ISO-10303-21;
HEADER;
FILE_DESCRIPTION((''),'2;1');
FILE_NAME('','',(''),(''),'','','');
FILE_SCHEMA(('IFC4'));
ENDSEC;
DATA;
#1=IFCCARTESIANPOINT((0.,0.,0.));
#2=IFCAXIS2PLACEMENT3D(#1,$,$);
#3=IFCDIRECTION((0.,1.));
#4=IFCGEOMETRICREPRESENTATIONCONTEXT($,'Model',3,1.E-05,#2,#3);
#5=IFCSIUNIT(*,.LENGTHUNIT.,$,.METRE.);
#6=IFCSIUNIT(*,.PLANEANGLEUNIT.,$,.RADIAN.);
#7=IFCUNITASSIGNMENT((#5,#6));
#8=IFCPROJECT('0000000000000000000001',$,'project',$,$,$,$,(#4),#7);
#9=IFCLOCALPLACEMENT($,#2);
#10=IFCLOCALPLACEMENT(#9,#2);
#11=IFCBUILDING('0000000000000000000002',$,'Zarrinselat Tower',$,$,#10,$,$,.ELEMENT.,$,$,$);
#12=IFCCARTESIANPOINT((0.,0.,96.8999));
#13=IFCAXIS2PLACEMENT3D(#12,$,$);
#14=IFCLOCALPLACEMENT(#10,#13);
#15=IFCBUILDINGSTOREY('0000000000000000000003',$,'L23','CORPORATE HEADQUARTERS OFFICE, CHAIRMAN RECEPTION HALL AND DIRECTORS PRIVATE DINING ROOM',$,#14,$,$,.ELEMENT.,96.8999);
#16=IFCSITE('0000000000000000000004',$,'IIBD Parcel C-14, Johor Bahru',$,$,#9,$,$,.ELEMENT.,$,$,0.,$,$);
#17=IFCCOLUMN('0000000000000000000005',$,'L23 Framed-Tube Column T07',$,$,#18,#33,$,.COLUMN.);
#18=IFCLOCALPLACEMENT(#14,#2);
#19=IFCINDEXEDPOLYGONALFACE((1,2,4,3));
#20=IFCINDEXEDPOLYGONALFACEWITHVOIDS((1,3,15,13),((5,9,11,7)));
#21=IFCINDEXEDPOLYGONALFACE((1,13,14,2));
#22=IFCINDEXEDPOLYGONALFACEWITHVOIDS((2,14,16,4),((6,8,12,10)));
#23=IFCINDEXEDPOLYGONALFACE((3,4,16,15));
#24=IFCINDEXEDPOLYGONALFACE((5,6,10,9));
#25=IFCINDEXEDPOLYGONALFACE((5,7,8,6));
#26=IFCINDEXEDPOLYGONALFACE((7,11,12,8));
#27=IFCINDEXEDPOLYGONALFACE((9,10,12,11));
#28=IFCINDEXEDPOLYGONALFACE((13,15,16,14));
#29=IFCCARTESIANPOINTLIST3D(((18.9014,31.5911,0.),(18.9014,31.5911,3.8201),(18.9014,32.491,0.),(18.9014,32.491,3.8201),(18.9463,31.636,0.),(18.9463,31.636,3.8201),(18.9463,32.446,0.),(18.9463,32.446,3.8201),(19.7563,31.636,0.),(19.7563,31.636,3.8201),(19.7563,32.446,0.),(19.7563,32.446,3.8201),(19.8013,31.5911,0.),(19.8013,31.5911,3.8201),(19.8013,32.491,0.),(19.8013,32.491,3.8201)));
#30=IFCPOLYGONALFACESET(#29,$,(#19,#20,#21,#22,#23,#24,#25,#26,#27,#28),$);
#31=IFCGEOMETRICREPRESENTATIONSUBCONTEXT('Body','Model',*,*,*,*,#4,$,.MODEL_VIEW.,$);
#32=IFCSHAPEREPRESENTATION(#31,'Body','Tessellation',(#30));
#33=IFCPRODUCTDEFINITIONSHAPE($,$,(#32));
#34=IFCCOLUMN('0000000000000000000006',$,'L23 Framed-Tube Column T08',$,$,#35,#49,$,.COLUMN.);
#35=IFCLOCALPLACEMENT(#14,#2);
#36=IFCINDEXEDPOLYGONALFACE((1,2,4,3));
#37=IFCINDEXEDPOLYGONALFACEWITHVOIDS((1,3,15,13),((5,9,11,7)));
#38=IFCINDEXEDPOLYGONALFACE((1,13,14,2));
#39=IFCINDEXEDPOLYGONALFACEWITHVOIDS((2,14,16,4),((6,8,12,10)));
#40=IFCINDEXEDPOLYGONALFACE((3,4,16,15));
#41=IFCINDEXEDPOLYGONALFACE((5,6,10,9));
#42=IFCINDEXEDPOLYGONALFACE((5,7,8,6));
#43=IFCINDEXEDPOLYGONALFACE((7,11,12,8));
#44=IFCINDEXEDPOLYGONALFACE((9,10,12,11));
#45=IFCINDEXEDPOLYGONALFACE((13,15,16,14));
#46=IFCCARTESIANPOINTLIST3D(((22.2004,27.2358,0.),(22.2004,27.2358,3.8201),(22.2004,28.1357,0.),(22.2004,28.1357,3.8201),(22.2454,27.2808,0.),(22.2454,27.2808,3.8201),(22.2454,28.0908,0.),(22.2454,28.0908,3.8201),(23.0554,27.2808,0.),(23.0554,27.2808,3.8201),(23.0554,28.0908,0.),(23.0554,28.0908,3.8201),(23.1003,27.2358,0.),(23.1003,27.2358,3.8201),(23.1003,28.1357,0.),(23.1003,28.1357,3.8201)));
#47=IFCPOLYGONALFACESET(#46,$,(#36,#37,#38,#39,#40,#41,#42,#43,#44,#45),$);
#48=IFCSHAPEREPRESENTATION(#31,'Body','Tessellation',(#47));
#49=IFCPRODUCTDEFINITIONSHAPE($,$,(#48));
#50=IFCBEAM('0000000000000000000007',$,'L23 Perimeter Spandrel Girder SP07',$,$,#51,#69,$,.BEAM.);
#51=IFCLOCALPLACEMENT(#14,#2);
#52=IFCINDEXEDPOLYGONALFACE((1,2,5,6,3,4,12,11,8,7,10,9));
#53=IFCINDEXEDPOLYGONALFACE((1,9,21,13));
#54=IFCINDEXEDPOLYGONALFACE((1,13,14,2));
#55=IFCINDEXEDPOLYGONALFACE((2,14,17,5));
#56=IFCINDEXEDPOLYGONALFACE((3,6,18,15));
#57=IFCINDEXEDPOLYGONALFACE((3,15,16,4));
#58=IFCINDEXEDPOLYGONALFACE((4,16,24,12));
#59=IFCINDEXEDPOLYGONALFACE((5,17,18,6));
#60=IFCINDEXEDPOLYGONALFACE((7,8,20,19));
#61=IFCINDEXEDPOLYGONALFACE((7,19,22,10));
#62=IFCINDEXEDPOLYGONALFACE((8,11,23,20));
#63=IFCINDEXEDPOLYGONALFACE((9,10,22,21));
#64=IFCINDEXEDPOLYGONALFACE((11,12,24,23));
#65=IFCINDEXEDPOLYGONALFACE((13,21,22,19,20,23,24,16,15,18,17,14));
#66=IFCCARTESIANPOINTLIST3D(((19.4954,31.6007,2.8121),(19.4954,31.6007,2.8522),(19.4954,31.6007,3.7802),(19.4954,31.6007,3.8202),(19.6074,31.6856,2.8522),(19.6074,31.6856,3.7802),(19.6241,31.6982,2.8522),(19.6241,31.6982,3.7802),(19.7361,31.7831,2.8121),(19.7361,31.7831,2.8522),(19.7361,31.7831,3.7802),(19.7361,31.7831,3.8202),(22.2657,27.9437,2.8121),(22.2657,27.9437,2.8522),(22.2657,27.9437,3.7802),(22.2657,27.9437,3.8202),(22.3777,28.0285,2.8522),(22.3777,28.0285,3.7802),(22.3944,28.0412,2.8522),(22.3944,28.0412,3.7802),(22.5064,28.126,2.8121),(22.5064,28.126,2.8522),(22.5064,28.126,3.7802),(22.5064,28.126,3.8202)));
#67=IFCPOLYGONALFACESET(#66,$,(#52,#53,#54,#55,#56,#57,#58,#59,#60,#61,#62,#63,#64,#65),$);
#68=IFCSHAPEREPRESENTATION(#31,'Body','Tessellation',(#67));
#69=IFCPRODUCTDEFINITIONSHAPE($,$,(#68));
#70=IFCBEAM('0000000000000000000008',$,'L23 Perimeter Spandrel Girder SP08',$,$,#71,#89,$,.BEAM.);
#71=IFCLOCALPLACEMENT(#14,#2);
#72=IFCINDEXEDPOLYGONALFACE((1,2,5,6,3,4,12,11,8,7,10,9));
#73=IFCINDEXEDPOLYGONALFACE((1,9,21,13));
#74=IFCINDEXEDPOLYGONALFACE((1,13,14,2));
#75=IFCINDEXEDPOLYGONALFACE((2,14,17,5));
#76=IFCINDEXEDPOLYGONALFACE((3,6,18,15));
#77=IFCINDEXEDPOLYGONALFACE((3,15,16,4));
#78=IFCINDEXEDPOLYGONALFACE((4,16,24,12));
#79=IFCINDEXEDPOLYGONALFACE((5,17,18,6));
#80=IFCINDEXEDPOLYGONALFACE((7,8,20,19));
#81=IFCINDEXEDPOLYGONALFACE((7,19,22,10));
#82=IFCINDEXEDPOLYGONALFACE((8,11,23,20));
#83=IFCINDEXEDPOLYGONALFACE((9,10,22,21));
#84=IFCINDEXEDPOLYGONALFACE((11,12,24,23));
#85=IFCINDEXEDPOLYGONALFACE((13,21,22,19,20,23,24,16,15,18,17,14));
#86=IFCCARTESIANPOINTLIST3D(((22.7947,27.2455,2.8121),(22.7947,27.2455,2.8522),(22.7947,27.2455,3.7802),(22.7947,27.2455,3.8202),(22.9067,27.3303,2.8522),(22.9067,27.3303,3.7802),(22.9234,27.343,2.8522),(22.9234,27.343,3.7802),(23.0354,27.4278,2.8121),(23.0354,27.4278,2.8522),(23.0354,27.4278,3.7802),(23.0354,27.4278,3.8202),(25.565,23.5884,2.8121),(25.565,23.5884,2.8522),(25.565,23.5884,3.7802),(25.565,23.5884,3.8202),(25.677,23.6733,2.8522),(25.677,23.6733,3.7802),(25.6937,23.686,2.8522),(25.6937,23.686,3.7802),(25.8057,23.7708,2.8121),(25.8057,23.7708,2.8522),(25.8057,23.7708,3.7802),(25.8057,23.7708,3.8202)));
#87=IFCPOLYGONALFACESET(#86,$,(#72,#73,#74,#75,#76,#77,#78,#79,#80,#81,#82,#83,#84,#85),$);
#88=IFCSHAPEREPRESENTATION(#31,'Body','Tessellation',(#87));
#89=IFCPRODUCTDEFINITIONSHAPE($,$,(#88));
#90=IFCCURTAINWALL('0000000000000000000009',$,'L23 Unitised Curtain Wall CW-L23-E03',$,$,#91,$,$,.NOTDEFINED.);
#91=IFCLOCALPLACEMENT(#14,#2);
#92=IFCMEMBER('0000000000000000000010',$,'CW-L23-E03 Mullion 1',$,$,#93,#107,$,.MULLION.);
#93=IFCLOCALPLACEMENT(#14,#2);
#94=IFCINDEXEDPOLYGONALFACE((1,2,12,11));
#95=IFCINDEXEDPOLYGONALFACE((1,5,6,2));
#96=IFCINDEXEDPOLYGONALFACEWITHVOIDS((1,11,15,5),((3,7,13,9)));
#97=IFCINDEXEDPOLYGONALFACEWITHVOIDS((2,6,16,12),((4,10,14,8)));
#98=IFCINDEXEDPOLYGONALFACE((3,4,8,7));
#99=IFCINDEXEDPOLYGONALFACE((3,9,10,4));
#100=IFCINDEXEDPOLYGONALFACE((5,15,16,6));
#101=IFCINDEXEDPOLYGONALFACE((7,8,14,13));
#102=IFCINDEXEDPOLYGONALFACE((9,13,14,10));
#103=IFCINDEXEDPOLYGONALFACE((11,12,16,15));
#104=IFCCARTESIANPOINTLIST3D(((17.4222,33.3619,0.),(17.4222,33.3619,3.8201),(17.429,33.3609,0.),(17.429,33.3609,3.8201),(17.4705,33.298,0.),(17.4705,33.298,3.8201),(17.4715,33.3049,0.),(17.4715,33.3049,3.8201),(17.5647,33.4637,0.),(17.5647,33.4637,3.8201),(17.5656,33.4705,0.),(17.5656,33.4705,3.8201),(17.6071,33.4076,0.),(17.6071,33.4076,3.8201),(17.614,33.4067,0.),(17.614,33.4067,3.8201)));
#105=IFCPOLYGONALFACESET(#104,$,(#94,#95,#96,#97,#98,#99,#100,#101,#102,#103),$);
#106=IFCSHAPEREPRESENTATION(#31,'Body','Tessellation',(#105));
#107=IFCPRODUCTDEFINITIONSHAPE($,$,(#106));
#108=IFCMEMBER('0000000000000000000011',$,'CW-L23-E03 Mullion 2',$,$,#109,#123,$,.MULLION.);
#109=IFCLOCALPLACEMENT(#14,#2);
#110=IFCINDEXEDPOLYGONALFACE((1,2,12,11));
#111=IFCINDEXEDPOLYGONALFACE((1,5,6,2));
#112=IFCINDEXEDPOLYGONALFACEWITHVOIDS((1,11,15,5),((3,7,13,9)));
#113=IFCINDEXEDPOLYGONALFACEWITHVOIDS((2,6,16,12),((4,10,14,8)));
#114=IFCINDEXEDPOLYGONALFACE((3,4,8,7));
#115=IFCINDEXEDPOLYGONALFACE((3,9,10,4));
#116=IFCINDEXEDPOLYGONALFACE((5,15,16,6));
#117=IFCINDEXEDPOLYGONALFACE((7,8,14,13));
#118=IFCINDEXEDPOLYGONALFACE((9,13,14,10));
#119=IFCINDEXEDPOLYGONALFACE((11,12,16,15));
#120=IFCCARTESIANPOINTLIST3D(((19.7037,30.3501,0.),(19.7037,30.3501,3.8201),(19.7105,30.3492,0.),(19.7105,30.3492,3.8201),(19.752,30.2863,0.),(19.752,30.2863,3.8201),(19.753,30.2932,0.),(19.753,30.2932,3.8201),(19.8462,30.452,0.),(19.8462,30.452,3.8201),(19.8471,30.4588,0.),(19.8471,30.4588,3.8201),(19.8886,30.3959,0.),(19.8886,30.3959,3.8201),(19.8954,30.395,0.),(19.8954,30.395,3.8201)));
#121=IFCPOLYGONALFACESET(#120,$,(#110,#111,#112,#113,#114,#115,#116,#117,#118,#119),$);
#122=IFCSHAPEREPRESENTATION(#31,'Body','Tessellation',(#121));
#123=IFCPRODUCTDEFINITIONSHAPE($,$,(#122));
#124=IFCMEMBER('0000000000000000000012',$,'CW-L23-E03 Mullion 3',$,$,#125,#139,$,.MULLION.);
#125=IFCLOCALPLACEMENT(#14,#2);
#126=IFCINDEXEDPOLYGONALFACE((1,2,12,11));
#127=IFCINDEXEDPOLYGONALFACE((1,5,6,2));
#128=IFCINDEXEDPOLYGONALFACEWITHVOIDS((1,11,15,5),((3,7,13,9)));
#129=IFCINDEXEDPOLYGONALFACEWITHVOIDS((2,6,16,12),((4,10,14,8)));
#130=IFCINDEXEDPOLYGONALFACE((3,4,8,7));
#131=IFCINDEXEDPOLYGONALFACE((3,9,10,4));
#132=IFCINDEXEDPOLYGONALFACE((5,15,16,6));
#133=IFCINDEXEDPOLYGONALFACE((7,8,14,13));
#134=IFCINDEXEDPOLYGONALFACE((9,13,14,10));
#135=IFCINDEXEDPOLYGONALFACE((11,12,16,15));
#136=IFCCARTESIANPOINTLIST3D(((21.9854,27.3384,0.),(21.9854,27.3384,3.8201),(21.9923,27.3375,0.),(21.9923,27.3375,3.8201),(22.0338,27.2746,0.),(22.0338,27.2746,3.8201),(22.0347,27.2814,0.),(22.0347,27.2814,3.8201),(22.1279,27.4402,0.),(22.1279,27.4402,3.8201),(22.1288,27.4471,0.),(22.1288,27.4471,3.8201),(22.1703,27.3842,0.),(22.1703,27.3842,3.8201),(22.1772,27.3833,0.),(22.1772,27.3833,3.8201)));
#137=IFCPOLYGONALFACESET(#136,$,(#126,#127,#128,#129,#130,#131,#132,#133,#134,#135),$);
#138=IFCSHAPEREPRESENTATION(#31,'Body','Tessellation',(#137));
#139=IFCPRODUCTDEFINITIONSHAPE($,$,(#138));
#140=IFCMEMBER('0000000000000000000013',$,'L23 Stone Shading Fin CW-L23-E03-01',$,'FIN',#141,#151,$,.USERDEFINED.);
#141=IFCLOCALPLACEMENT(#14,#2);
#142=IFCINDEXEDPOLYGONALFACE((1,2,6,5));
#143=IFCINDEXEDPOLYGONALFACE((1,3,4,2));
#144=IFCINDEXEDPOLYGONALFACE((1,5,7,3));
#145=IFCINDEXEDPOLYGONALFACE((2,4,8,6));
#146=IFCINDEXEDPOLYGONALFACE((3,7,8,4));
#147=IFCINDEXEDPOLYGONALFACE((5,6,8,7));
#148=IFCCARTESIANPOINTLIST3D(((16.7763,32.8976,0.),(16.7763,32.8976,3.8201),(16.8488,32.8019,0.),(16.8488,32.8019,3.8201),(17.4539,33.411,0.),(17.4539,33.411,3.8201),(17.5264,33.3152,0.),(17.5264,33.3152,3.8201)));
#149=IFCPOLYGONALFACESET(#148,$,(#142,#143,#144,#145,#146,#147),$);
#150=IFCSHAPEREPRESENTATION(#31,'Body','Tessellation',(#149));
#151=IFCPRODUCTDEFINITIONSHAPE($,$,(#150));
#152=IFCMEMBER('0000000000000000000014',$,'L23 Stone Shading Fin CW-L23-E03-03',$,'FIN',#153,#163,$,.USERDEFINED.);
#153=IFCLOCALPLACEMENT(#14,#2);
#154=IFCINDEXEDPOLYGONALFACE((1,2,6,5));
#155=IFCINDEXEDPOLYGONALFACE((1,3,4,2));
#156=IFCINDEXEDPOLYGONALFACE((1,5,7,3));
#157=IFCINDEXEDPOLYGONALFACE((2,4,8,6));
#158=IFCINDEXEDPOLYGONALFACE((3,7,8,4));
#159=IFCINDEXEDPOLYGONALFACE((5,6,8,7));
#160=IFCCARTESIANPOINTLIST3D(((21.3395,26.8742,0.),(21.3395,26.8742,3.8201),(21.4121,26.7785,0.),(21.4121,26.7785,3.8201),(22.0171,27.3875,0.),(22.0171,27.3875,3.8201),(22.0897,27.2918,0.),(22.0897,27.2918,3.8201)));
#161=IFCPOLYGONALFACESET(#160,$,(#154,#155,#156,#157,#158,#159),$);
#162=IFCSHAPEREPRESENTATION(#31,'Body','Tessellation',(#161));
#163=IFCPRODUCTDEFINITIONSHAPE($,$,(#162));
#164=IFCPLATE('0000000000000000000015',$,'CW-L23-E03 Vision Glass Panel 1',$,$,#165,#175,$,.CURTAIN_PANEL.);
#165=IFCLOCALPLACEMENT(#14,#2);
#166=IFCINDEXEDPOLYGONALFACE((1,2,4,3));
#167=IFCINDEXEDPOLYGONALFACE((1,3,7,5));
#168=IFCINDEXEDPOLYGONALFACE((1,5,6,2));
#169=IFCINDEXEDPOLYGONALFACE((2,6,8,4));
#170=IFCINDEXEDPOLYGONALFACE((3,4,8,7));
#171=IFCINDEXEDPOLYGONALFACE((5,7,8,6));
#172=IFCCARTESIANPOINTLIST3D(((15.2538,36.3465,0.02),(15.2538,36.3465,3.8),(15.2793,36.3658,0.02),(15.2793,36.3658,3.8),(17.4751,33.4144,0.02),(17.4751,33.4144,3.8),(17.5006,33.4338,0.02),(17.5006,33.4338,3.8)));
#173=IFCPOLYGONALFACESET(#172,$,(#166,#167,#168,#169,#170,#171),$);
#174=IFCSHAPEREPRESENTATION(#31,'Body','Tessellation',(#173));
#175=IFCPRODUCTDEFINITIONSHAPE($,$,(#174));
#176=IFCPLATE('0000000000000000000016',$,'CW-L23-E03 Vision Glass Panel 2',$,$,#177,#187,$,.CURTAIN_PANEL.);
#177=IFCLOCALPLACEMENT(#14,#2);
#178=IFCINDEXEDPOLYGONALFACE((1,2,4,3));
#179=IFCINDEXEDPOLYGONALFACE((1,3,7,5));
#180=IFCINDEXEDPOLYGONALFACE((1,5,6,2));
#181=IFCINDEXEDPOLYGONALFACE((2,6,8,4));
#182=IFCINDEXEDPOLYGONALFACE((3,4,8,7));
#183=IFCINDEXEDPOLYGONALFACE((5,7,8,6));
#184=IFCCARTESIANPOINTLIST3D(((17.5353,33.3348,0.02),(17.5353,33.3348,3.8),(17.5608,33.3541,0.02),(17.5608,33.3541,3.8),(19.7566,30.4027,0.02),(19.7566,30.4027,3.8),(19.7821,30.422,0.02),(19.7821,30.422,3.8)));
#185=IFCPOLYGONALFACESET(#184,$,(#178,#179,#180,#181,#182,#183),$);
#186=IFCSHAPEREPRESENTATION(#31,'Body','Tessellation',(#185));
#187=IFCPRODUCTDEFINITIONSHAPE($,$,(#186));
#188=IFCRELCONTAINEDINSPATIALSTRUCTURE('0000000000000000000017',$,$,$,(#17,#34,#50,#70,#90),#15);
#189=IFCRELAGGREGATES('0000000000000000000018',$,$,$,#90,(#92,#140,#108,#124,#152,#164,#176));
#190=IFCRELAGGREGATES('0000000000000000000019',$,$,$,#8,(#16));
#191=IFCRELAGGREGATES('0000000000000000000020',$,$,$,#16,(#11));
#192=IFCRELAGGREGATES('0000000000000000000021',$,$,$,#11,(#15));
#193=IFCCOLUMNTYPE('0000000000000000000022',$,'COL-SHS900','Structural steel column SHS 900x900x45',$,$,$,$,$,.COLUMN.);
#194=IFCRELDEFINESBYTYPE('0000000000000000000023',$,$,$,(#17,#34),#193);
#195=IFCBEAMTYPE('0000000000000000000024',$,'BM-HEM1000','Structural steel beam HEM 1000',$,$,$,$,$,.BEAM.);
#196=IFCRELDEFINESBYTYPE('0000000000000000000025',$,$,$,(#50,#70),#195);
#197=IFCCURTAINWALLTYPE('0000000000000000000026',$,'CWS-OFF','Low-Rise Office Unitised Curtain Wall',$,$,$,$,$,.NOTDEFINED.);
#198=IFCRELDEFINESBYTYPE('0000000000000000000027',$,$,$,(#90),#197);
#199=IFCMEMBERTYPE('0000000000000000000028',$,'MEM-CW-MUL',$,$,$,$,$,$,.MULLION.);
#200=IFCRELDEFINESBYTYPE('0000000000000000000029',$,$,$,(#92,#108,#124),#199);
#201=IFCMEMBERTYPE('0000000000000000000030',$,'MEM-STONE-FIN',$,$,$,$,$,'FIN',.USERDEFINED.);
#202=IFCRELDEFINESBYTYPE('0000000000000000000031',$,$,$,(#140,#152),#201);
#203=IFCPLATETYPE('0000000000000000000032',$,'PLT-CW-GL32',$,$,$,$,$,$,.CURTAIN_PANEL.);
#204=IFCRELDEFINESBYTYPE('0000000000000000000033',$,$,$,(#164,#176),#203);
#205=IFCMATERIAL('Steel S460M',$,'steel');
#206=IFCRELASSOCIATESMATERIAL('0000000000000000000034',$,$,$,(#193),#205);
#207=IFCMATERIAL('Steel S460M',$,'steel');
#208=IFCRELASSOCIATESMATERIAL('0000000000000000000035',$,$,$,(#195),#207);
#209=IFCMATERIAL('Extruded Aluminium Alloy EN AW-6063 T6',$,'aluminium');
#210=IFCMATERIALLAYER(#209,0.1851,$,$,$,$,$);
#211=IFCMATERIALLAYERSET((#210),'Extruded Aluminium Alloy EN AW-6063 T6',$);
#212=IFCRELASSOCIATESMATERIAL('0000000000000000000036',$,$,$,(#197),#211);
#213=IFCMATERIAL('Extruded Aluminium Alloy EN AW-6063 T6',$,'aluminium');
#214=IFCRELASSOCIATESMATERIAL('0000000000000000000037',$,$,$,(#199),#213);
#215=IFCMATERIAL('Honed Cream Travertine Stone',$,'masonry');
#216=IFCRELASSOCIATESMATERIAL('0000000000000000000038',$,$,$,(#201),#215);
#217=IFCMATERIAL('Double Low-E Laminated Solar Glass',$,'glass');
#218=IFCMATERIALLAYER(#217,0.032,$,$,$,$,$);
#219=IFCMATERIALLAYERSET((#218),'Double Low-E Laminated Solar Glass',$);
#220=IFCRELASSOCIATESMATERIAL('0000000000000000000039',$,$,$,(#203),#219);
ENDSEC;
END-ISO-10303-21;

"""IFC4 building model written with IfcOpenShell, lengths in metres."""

from ifc_helpers import new_model, si_unit, direction, frame, origin, origin_2d, place, context, subcontext, project, spatial, rectangle, hollow_rectangle, i_section, extrude, material, layer, layer_set, material_profile, profile_set, type_object, element, aggregate, save


model = new_model("IFC4")

# Units and contexts
model_context = context("Model", 3, precision=1e-05, world=origin(), true_north=direction((0.0, 1.0)))
body_context = subcontext(model_context, "Body", "Model", "MODEL_VIEW")
ifc_project = project(units=[si_unit("LENGTHUNIT", "METRE"), si_unit("PLANEANGLEUNIT", "RADIAN")], contexts=[model_context])

# Site, building, storey
site_placement = place(None, origin())
site = spatial("IfcSite", under=ifc_project, at=site_placement, Name="IIBD Parcel C-14, Johor Bahru", CompositionType="ELEMENT", RefElevation=0.0)
building_placement = place(site_placement, origin())
building = spatial("IfcBuilding", under=site, at=building_placement, Name="Zarrinselat Tower", CompositionType="ELEMENT")
storey_placement = place(building_placement, frame((0.0, 0.0, 96.8999)))
storey = spatial("IfcBuildingStorey", under=building, at=storey_placement, Name="L23", Description="CORPORATE HEADQUARTERS OFFICE, CHAIRMAN RECEPTION HALL AND DIRECTORS PRIVATE DINING ROOM", CompositionType="ELEMENT", Elevation=96.8999)

# Columns
ifc_material_1 = material(Name="Steel S460M", Category="steel")
ifc_material_profile_1 = material_profile(ifc_material_1, hollow_rectangle(XDim=0.8999, YDim=0.8999, WallThickness=0.0449, at=origin_2d()), Name="SHS 900x900x45")
ifc_profile_set_1 = profile_set([ifc_material_profile_1], Name="Steel S460M")
column_type = type_object("IfcColumnType", Name="COL-SHS900", Description="Structural steel column SHS 900x900x45", PredefinedType="COLUMN", material=ifc_profile_set_1)
for number, where, z_axis, x_axis, name in (
    (1, (19.3513, 32.041, 0.0), (0.0, 0.0, 1.0), (1.0, 0.0, 0.0), "L23 Framed-Tube Column T07"),
    (2, (22.6504, 27.6858, 0.0), (0.0, 0.0, 1.0), (1.0, 0.0, 0.0), "L23 Framed-Tube Column T08"),
):
    element("IfcColumn", number, at=place(storey_placement, frame(where, z_axis=z_axis, x_axis=x_axis)), inside=storey, type_object=column_type, Name=name, PredefinedType="COLUMN", context=body_context, shape_type="SweptSolid", body=[
        extrude(hollow_rectangle(XDim=0.8999, YDim=0.8999, WallThickness=0.0449, at=origin_2d()), origin(), (0.0, 0.0, 1.0), 3.8201),
    ])

# Beams
ifc_material_2 = material(Name="Steel S460M", Category="steel")
ifc_material_profile_2 = material_profile(ifc_material_2, i_section(OverallWidth=0.302, OverallDepth=1.0081, WebThickness=0.021, FlangeThickness=0.04, at=origin_2d()), Name="HEM 1000")
ifc_profile_set_2 = profile_set([ifc_material_profile_2], Name="Steel S460M")
beam_type = type_object("IfcBeamType", Name="BM-HEM1000", Description="Structural steel beam HEM 1000", PredefinedType="BEAM", material=ifc_profile_set_2)
for number, where, z_axis, x_axis, name in (
    (3, (19.6157, 31.6919, 3.3162), (0.603833, -0.797111, 0.0), (0.797111, 0.603833, 0.0), "L23 Perimeter Spandrel Girder SP07"),
    (4, (22.915, 27.3367, 3.3162), (0.603833, -0.797111, 0.0), (0.797111, 0.603833, 0.0), "L23 Perimeter Spandrel Girder SP08"),
):
    element("IfcBeam", number, at=place(storey_placement, frame(where, z_axis=z_axis, x_axis=x_axis)), inside=storey, type_object=beam_type, Name=name, PredefinedType="BEAM", context=body_context, shape_type="SweptSolid", body=[
        extrude(i_section(OverallWidth=0.302, OverallDepth=1.0081, WebThickness=0.021, FlangeThickness=0.04, at=origin_2d()), origin(), (0.0, 0.0, 1.0), 4.5879),
    ])

# Curtain wall, members, plates
ifc_material_3 = material(Name="Extruded Aluminium Alloy EN AW-6063 T6", Category="aluminium")
ifc_layer_1 = layer(ifc_material_3, 0.1851)
ifc_layer_set_1 = layer_set([ifc_layer_1], Name="Extruded Aluminium Alloy EN AW-6063 T6")
curtain_wall_type = type_object("IfcCurtainWallType", Name="CWS-OFF", Description="Low-Rise Office Unitised Curtain Wall", PredefinedType="NOTDEFINED", material=ifc_layer_set_1)
curtain_wall_placement = place(storey_placement, origin())
curtain_wall = element("IfcCurtainWall", 5, at=curtain_wall_placement, inside=storey, type_object=curtain_wall_type, Name="L23 Unitised Curtain Wall CW-L23-E03", PredefinedType="NOTDEFINED")
ifc_material_4 = material(Name="Extruded Aluminium Alloy EN AW-6063 T6", Category="aluminium")
ifc_material_profile_3 = material_profile(ifc_material_4, hollow_rectangle(XDim=0.0801, YDim=0.1799, WallThickness=0.0049, at=origin_2d()), Name="RHS 180x80x5")
ifc_profile_set_3 = profile_set([ifc_material_profile_3], Name="Extruded Aluminium Alloy EN AW-6063 T6")
member_type_1 = type_object("IfcMemberType", Name="MEM-CW-MUL", PredefinedType="MULLION", material=ifc_profile_set_3)
member_1_placement = place(storey_placement, frame((17.5181, 33.3843, 0.0), z_axis=(0.0, 0.0, 1.0), x_axis=(0.603858, -0.797092, 0.0)))
member_1 = element("IfcMember", 6, at=member_1_placement, type_object=member_type_1, Name="CW-L23-E03 Mullion 1", PredefinedType="MULLION", context=body_context, shape_type="SweptSolid", body=[
    extrude(hollow_rectangle(XDim=0.0801, YDim=0.1799, WallThickness=0.0049, at=origin_2d()), origin(), (0.0, 0.0, 1.0), 3.8201),
])
member_2_placement = place(storey_placement, frame((19.7996, 30.3726, 0.0), z_axis=(0.0, 0.0, 1.0), x_axis=(0.603858, -0.797092, 0.0)))
member_2 = element("IfcMember", 7, at=member_2_placement, type_object=member_type_1, Name="CW-L23-E03 Mullion 2", PredefinedType="MULLION", context=body_context, shape_type="SweptSolid", body=[
    extrude(hollow_rectangle(XDim=0.0801, YDim=0.1799, WallThickness=0.0049, at=origin_2d()), origin(), (0.0, 0.0, 1.0), 3.8201),
])
member_3_placement = place(storey_placement, frame((22.0813, 27.3608, 0.0), z_axis=(0.0, 0.0, 1.0), x_axis=(0.603858, -0.797092, 0.0)))
member_3 = element("IfcMember", 8, at=member_3_placement, type_object=member_type_1, Name="CW-L23-E03 Mullion 3", PredefinedType="MULLION", context=body_context, shape_type="SweptSolid", body=[
    extrude(hollow_rectangle(XDim=0.0801, YDim=0.1799, WallThickness=0.0049, at=origin_2d()), origin(), (0.0, 0.0, 1.0), 3.8201),
])
ifc_material_5 = material(Name="Honed Cream Travertine Stone", Category="masonry")
ifc_material_profile_4 = material_profile(ifc_material_5, rectangle(XDim=0.1201, YDim=0.8501, at=origin_2d()), Name="FIN 850x120")
ifc_profile_set_4 = profile_set([ifc_material_profile_4], Name="Honed Cream Travertine Stone")
member_type_2 = type_object("IfcMemberType", Name="MEM-STONE-FIN", ElementType="FIN", PredefinedType="USERDEFINED", material=ifc_profile_set_4)
member_4_placement = place(storey_placement, frame((17.1514, 33.1064, 0.0), z_axis=(0.0, 0.0, 1.0), x_axis=(-0.603858, 0.797092, 0.0)))
member_4 = element("IfcMember", 9, at=member_4_placement, type_object=member_type_2, Name="L23 Stone Shading Fin CW-L23-E03-01", ObjectType="FIN", PredefinedType="USERDEFINED", context=body_context, shape_type="SweptSolid", body=[
    extrude(rectangle(XDim=0.1201, YDim=0.8501, at=origin_2d()), origin(), (0.0, 0.0, 1.0), 3.8201),
])
member_5_placement = place(storey_placement, frame((21.7146, 27.083, 0.0), z_axis=(0.0, 0.0, 1.0), x_axis=(-0.603858, 0.797092, 0.0)))
member_5 = element("IfcMember", 10, at=member_5_placement, type_object=member_type_2, Name="L23 Stone Shading Fin CW-L23-E03-03", ObjectType="FIN", PredefinedType="USERDEFINED", context=body_context, shape_type="SweptSolid", body=[
    extrude(rectangle(XDim=0.1201, YDim=0.8501, at=origin_2d()), origin(), (0.0, 0.0, 1.0), 3.8201),
])
ifc_material_6 = material(Name="Double Low-E Laminated Solar Glass", Category="glass")
ifc_layer_2 = layer(ifc_material_6, 0.032)
ifc_layer_set_2 = layer_set([ifc_layer_2], Name="Double Low-E Laminated Solar Glass")
plate_type = type_object("IfcPlateType", Name="PLT-CW-GL32", PredefinedType="CURTAIN_PANEL", material=ifc_layer_set_2)
plate_1_placement = place(storey_placement, frame((16.3772, 34.8901, 0.02), z_axis=(0.0, 0.0, 1.0), x_axis=(0.603858, -0.797092, 0.0)))
plate_1 = element("IfcPlate", 11, at=plate_1_placement, type_object=plate_type, Name="CW-L23-E03 Vision Glass Panel 1", PredefinedType="CURTAIN_PANEL", context=body_context, shape_type="SweptSolid", body=[
    extrude(rectangle(XDim=3.6785, YDim=0.032, at=origin_2d()), origin(), (0.0, 0.0, 1.0), 3.78),
])
plate_2_placement = place(storey_placement, frame((18.6587, 31.8784, 0.02), z_axis=(0.0, 0.0, 1.0), x_axis=(0.603858, -0.797092, 0.0)))
plate_2 = element("IfcPlate", 12, at=plate_2_placement, type_object=plate_type, Name="CW-L23-E03 Vision Glass Panel 2", PredefinedType="CURTAIN_PANEL", context=body_context, shape_type="SweptSolid", body=[
    extrude(rectangle(XDim=3.6785, YDim=0.032, at=origin_2d()), origin(), (0.0, 0.0, 1.0), 3.78),
])
aggregate(curtain_wall, [member_1, member_4, member_2, member_3, member_5, plate_1, plate_2])

save(model, "model.ifc")
